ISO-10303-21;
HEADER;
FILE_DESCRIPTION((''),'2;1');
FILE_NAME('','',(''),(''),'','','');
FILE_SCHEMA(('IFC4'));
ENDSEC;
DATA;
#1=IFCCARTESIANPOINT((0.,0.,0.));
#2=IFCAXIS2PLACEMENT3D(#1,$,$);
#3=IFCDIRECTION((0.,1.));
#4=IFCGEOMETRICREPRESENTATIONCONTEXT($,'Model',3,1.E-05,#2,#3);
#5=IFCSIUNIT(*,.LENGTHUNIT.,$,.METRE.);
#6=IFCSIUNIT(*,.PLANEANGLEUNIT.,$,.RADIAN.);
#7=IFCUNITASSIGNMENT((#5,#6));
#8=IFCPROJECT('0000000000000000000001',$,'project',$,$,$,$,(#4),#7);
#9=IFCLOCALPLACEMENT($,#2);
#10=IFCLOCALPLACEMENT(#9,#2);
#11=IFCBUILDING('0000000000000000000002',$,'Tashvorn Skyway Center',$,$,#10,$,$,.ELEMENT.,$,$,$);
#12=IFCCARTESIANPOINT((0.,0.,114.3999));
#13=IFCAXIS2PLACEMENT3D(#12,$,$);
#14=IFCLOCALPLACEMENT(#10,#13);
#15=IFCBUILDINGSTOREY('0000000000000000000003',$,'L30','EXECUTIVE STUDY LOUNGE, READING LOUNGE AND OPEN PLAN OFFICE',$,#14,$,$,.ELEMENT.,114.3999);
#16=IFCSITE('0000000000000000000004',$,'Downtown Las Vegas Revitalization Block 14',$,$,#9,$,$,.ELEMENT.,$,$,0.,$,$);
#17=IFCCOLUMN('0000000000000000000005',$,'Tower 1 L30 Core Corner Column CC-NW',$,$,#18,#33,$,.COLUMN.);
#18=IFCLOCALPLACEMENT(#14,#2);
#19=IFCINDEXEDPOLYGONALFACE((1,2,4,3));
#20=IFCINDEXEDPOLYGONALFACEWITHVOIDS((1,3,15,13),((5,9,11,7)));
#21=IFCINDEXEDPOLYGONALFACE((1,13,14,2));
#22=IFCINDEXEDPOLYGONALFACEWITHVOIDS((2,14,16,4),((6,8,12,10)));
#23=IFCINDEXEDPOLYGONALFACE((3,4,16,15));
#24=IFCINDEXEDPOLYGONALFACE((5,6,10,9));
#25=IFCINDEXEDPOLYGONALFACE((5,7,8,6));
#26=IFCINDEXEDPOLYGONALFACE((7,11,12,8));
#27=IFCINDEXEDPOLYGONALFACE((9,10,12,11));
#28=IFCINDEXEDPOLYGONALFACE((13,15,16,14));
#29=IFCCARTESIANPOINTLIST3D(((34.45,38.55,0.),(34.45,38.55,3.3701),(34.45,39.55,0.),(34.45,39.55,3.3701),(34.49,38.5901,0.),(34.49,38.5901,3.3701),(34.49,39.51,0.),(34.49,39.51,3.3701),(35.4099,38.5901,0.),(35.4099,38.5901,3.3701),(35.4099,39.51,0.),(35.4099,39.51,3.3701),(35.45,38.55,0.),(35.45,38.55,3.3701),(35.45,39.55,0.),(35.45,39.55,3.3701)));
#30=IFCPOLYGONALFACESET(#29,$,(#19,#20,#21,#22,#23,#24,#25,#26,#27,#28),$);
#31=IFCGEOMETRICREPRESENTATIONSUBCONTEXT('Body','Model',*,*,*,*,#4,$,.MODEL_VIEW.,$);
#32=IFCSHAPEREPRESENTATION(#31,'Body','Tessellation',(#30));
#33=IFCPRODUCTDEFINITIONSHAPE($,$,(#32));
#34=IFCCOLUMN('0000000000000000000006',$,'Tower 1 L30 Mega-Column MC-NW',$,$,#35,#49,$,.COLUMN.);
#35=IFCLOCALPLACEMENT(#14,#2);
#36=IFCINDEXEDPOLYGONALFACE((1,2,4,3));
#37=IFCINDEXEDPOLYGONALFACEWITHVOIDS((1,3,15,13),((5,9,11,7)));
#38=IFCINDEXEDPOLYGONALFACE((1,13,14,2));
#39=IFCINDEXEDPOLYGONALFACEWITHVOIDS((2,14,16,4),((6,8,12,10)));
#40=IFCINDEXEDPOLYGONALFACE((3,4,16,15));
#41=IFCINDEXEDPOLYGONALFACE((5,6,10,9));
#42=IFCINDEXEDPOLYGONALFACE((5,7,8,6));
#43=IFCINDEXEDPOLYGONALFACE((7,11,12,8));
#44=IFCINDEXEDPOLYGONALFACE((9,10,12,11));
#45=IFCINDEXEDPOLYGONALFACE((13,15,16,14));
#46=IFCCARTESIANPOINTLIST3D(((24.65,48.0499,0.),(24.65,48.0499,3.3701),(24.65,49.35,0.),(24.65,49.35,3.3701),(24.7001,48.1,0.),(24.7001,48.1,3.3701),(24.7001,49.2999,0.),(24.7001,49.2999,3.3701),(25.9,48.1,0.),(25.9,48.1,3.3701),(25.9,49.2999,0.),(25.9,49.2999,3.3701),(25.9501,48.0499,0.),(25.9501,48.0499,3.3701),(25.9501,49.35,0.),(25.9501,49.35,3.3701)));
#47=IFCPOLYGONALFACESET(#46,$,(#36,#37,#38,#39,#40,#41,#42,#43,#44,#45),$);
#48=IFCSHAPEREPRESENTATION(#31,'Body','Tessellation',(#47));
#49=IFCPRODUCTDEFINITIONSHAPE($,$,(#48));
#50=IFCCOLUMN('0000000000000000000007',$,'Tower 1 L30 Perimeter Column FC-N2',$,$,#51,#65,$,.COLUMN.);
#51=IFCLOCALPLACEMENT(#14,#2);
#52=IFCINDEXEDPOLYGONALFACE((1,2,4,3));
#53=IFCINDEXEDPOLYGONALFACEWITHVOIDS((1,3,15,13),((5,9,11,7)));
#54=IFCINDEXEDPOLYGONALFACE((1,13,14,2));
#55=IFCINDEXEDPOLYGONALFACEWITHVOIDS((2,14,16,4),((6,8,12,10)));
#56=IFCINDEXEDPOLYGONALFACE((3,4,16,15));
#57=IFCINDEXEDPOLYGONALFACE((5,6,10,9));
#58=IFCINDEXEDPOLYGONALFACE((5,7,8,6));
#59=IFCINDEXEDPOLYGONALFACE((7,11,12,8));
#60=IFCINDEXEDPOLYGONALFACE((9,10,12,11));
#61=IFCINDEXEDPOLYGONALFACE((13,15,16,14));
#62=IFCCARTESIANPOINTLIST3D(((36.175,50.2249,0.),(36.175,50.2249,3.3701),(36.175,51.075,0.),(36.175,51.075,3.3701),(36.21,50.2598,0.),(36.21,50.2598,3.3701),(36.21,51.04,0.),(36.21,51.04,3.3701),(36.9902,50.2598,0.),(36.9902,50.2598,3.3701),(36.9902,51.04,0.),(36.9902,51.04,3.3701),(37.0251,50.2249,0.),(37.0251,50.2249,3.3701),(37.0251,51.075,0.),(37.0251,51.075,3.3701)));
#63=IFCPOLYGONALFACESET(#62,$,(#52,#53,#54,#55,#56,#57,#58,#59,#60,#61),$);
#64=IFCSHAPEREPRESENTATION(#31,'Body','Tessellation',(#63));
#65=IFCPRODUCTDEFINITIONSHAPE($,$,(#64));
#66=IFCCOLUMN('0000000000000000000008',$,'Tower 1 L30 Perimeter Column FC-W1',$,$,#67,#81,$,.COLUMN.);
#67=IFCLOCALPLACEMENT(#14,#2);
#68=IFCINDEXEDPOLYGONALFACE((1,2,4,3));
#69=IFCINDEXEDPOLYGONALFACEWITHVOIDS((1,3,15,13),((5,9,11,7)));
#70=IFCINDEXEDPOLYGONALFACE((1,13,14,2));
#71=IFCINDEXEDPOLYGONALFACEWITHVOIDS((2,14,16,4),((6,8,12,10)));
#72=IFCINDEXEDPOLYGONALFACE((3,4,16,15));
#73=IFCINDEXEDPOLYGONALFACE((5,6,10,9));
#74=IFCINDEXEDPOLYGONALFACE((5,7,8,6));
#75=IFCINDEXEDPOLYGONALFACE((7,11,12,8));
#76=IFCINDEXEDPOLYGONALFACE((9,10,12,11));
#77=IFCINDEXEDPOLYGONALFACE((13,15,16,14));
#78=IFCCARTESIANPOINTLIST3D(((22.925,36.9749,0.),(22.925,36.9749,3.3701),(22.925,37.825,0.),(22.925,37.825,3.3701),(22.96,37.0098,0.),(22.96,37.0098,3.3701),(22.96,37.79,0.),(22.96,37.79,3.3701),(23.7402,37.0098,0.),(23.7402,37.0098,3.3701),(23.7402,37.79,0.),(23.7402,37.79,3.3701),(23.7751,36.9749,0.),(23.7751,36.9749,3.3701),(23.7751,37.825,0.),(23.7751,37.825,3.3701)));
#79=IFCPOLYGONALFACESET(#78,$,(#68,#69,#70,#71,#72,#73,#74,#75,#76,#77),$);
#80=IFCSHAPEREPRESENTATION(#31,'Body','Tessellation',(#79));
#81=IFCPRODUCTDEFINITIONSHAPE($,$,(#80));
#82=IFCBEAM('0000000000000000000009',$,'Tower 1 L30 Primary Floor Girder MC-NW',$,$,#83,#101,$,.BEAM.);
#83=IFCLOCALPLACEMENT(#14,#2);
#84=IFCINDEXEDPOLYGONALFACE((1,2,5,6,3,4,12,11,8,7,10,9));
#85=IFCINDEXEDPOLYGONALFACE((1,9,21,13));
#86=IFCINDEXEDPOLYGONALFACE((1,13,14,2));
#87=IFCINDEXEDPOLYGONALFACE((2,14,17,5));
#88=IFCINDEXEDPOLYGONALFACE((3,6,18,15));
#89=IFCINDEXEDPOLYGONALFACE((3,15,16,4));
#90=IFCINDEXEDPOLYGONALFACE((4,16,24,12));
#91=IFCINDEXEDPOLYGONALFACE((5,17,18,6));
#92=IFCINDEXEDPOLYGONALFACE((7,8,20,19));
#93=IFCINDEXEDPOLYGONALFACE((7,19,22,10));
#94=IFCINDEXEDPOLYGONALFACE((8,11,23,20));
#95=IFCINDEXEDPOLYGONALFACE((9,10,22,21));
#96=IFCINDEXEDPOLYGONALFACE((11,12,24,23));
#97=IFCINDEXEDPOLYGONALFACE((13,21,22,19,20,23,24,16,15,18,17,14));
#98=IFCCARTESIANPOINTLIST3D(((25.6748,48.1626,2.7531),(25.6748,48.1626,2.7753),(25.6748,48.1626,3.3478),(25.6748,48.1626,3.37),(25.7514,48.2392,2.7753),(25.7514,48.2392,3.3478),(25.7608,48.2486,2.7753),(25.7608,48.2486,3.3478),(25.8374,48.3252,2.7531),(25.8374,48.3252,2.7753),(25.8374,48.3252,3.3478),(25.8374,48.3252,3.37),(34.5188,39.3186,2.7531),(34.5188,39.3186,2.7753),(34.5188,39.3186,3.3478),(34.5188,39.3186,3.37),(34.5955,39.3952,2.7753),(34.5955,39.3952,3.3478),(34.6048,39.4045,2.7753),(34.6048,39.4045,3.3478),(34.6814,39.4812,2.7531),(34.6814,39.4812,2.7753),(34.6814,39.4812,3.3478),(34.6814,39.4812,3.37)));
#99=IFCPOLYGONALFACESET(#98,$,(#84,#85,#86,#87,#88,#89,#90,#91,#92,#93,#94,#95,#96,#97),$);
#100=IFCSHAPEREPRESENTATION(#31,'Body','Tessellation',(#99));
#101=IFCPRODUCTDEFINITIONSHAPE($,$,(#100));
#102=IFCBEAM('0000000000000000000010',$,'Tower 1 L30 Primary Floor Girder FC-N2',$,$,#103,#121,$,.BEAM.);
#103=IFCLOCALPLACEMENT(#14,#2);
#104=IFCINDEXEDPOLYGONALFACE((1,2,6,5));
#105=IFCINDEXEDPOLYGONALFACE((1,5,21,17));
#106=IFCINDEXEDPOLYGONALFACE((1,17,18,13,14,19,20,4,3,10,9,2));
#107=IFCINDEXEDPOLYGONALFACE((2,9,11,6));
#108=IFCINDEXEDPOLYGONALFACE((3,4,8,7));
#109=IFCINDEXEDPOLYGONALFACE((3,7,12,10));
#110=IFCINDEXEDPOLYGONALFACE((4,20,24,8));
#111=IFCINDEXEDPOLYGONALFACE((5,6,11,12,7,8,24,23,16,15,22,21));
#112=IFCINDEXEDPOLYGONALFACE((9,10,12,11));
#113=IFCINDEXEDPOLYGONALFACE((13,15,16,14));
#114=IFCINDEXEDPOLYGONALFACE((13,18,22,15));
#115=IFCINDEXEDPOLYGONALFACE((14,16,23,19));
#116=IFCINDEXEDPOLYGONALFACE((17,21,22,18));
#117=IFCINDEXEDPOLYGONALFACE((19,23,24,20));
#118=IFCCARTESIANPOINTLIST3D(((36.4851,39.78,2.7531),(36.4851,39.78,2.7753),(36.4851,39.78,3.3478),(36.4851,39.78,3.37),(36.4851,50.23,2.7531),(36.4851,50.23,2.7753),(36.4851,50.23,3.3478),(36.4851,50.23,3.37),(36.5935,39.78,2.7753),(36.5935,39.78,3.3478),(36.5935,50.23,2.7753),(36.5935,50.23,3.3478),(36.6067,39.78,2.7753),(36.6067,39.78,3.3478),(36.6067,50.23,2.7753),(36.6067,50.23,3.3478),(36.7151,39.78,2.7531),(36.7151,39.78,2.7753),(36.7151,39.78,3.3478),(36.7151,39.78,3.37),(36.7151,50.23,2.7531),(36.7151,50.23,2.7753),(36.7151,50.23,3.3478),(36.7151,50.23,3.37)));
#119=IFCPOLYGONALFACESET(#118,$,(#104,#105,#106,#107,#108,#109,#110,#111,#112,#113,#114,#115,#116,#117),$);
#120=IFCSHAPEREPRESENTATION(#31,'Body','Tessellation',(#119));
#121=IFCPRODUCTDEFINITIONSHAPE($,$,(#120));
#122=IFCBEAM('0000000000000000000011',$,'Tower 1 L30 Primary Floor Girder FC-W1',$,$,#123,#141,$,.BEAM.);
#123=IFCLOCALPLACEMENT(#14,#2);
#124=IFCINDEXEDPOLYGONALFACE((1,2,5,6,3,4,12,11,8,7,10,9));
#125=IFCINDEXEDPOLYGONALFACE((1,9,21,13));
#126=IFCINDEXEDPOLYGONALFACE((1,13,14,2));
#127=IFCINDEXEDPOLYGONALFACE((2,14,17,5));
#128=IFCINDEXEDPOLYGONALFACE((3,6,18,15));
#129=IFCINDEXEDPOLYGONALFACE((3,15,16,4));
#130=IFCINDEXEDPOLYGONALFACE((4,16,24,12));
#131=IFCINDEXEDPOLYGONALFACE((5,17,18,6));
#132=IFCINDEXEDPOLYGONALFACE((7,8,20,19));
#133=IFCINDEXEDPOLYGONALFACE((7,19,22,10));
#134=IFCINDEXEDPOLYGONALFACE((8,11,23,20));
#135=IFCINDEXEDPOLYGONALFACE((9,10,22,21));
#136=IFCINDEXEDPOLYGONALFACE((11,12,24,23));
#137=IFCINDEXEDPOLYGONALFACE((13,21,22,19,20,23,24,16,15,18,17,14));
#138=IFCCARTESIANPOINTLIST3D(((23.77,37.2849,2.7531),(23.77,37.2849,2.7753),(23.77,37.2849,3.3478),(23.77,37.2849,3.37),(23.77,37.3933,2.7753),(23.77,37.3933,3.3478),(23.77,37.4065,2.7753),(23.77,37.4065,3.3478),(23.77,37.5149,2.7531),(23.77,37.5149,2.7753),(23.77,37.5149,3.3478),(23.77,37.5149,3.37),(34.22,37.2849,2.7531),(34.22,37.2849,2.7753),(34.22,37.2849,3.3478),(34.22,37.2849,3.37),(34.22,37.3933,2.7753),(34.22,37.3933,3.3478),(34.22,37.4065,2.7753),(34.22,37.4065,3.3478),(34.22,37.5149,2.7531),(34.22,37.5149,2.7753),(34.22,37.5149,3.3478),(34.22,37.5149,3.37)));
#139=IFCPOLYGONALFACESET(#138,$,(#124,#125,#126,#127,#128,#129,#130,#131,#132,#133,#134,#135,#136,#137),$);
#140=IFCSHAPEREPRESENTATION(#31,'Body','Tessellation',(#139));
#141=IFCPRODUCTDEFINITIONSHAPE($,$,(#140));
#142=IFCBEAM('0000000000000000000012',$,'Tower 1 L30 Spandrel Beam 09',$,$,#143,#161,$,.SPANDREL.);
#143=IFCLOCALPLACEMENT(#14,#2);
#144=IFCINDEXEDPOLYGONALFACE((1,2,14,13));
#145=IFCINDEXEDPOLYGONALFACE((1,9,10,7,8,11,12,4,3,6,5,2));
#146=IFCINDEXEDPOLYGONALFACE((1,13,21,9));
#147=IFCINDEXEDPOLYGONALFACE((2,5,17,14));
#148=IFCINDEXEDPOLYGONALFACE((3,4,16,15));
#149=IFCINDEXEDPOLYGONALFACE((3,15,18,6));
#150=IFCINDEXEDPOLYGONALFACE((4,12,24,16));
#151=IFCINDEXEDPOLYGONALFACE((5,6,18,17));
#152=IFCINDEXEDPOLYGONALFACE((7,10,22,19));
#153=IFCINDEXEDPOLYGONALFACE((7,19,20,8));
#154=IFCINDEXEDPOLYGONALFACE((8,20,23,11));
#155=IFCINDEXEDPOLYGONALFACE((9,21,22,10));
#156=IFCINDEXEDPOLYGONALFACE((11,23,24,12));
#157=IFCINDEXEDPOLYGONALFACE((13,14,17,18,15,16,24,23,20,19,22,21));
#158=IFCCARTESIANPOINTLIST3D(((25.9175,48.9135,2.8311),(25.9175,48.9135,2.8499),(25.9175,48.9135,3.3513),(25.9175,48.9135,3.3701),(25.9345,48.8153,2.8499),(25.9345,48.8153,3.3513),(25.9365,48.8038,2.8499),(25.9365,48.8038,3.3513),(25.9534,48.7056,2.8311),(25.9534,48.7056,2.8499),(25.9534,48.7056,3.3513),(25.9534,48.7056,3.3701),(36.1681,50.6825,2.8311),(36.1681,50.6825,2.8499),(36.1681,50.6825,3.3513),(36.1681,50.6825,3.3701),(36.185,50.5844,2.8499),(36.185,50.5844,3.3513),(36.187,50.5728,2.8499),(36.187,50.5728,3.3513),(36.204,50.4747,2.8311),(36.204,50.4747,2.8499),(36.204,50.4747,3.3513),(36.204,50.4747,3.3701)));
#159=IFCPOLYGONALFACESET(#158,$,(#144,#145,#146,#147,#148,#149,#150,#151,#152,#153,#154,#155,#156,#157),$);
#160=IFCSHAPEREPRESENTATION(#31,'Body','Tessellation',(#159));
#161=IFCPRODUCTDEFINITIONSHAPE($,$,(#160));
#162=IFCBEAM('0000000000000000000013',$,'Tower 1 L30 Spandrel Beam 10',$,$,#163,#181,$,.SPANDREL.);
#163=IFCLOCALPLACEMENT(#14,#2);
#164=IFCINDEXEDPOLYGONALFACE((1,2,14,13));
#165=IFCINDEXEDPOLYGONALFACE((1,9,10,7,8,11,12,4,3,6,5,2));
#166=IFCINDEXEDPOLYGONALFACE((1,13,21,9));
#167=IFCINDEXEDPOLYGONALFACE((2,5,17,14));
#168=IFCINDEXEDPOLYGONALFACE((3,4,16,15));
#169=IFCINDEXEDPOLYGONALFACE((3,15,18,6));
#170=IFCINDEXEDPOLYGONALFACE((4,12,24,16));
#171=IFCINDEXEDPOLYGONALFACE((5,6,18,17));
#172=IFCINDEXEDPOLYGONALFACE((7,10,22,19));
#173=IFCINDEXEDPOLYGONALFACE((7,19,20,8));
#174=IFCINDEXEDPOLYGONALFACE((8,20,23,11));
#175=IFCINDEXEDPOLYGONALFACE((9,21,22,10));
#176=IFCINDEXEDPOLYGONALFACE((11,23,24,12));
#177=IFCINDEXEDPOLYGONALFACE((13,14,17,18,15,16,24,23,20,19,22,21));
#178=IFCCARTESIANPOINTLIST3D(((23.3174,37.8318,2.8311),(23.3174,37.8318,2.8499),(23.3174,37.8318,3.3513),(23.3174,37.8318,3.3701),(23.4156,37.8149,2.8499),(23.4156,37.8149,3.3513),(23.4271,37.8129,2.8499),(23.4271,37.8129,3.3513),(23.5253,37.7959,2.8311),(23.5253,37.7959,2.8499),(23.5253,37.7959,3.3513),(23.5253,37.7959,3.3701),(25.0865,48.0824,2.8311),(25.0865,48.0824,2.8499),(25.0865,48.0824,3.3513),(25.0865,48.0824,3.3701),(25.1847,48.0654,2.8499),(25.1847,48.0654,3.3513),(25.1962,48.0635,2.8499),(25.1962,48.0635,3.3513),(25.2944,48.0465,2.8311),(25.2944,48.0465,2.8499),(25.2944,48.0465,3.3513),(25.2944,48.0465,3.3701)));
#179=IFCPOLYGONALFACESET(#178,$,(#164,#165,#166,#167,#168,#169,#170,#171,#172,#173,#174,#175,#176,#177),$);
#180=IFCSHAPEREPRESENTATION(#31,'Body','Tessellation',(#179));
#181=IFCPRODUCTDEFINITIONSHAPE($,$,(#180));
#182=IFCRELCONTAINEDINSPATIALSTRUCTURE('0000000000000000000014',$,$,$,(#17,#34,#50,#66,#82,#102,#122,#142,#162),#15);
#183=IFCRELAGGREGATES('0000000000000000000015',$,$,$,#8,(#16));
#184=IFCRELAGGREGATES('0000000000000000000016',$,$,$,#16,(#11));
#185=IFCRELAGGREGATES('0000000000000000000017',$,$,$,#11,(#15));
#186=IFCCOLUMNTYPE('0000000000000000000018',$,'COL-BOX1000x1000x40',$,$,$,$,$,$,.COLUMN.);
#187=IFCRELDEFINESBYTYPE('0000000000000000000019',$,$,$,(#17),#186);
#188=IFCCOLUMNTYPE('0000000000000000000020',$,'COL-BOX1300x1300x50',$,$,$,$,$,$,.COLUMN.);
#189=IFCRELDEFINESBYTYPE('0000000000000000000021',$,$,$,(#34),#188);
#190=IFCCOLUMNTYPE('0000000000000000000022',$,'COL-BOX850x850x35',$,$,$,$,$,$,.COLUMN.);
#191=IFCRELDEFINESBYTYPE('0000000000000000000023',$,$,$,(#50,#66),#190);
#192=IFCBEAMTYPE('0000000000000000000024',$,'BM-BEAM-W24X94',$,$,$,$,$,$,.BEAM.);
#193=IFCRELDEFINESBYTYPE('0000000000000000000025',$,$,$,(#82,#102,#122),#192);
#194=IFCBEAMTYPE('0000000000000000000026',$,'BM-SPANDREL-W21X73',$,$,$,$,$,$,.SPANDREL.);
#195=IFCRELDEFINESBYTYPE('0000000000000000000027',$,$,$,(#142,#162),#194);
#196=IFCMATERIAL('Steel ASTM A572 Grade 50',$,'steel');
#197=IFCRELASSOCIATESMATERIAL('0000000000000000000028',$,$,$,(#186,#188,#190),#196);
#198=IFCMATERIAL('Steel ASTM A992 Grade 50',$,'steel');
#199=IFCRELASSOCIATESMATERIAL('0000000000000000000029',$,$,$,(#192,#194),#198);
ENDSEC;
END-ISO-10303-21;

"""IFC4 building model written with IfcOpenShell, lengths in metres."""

from ifc_helpers import new_model, si_unit, direction, frame, origin, origin_2d, place, context, subcontext, project, spatial, hollow_rectangle, i_section, extrude, material, material_profile, profile_set, type_object, element, save


model = new_model("IFC4")

# Units and contexts
model_context = context("Model", 3, precision=1e-05, world=origin(), true_north=direction((0.0, 1.0)))
body_context = subcontext(model_context, "Body", "Model", "MODEL_VIEW")
ifc_project = project(units=[si_unit("LENGTHUNIT", "METRE"), si_unit("PLANEANGLEUNIT", "RADIAN")], contexts=[model_context])

# Site, building, storey
site_placement = place(None, origin())
site = spatial("IfcSite", under=ifc_project, at=site_placement, Name="Downtown Las Vegas Revitalization Block 14", CompositionType="ELEMENT", RefElevation=0.0)
building_placement = place(site_placement, origin())
building = spatial("IfcBuilding", under=site, at=building_placement, Name="Tashvorn Skyway Center", CompositionType="ELEMENT")
storey_placement = place(building_placement, frame((0.0, 0.0, 114.3999)))
storey = spatial("IfcBuildingStorey", under=building, at=storey_placement, Name="L30", Description="EXECUTIVE STUDY LOUNGE, READING LOUNGE AND OPEN PLAN OFFICE", CompositionType="ELEMENT", Elevation=114.3999)

# Columns
ifc_material_1 = material(Name="Steel ASTM A572 Grade 50", Category="steel")
ifc_material_profile_1 = material_profile(ifc_material_1, hollow_rectangle(XDim=1.0, YDim=1.0, WallThickness=0.04, at=origin_2d()), Name="BOX1000x1000x40")
ifc_profile_set_1 = profile_set([ifc_material_profile_1], Name="Steel ASTM A572 Grade 50")
column_type_1 = type_object("IfcColumnType", Name="COL-BOX1000x1000x40", PredefinedType="COLUMN", material=ifc_profile_set_1)
column_1_placement = place(storey_placement, frame((34.95, 39.05, 0.0), z_axis=(0.0, 0.0, 1.0), x_axis=(1.0, 0.0, 0.0)))
element("IfcColumn", 1, at=column_1_placement, inside=storey, type_object=column_type_1, Name="Tower 1 L30 Core Corner Column CC-NW", PredefinedType="COLUMN", context=body_context, shape_type="SweptSolid", body=[
    extrude(hollow_rectangle(XDim=1.0, YDim=1.0, WallThickness=0.04, at=origin_2d()), origin(), (0.0, 0.0, 1.0), 3.3701),
])
ifc_material_profile_2 = material_profile(ifc_material_1, hollow_rectangle(XDim=1.3, YDim=1.3, WallThickness=0.05, at=origin_2d()), Name="BOX1300x1300x50")
ifc_profile_set_2 = profile_set([ifc_material_profile_2], Name="Steel ASTM A572 Grade 50")
column_type_2 = type_object("IfcColumnType", Name="COL-BOX1300x1300x50", PredefinedType="COLUMN", material=ifc_profile_set_2)
column_2_placement = place(storey_placement, frame((25.3, 48.7, 0.0), z_axis=(0.0, 0.0, 1.0), x_axis=(1.0, 0.0, 0.0)))
element("IfcColumn", 2, at=column_2_placement, inside=storey, type_object=column_type_2, Name="Tower 1 L30 Mega-Column MC-NW", PredefinedType="COLUMN", context=body_context, shape_type="SweptSolid", body=[
    extrude(hollow_rectangle(XDim=1.3, YDim=1.3, WallThickness=0.05, at=origin_2d()), origin(), (0.0, 0.0, 1.0), 3.3701),
])
ifc_material_profile_3 = material_profile(ifc_material_1, hollow_rectangle(XDim=0.8501, YDim=0.8501, WallThickness=0.0349, at=origin_2d()), Name="BOX850x850x35")
ifc_profile_set_3 = profile_set([ifc_material_profile_3], Name="Steel ASTM A572 Grade 50")
column_type_3 = type_object("IfcColumnType", Name="COL-BOX850x850x35", PredefinedType="COLUMN", material=ifc_profile_set_3)
for number, where, z_axis, x_axis, name in (
    (3, (36.6001, 50.6499, 0.0), (0.0, 0.0, 1.0), (1.0, 0.0, 0.0), "Tower 1 L30 Perimeter Column FC-N2"),
    (4, (23.3501, 37.3999, 0.0), (0.0, 0.0, 1.0), (1.0, 0.0, 0.0), "Tower 1 L30 Perimeter Column FC-W1"),
):
    element("IfcColumn", number, at=place(storey_placement, frame(where, z_axis=z_axis, x_axis=x_axis)), inside=storey, type_object=column_type_3, Name=name, PredefinedType="COLUMN", context=body_context, shape_type="SweptSolid", body=[
        extrude(hollow_rectangle(XDim=0.8501, YDim=0.8501, WallThickness=0.0349, at=origin_2d()), origin(), (0.0, 0.0, 1.0), 3.3701),
    ])

# Beams
ifc_material_2 = material(Name="Steel ASTM A992 Grade 50", Category="steel")
ifc_material_profile_4 = material_profile(ifc_material_2, i_section(OverallWidth=0.23, OverallDepth=0.6169, WebThickness=0.0132, FlangeThickness=0.0222, at=origin_2d()), Name="W24X94")
ifc_profile_set_4 = profile_set([ifc_material_profile_4], Name="Steel ASTM A992 Grade 50")
beam_type_1 = type_object("IfcBeamType", Name="BM-BEAM-W24X94", PredefinedType="BEAM", material=ifc_profile_set_4)
beam_placement = place(storey_placement, frame((25.7561, 48.2439, 3.0615), z_axis=(0.707107, -0.707107, 0.0), x_axis=(0.707107, 0.707107, 0.0)))
element("IfcBeam", 5, at=beam_placement, inside=storey, type_object=beam_type_1, Name="Tower 1 L30 Primary Floor Girder MC-NW", PredefinedType="BEAM", context=body_context, shape_type="SweptSolid", body=[
    extrude(i_section(OverallWidth=0.23, OverallDepth=0.6169, WebThickness=0.0132, FlangeThickness=0.0222, at=origin_2d()), origin(), (0.0, 0.0, 1.0), 12.5073),
])
for number, where, z_axis, x_axis, name in (
    (6, (36.6001, 50.23, 3.0615), (0.0, -1.0, 0.0), (1.0, 0.0, 0.0), "Tower 1 L30 Primary Floor Girder FC-N2"),
    (7, (23.77, 37.3999, 3.0615), (1.0, 0.0, 0.0), (0.0, 1.0, 0.0), "Tower 1 L30 Primary Floor Girder FC-W1"),
):
    element("IfcBeam", number, at=place(storey_placement, frame(where, z_axis=z_axis, x_axis=x_axis)), inside=storey, type_object=beam_type_1, Name=name, PredefinedType="BEAM", context=body_context, shape_type="SweptSolid", body=[
        extrude(i_section(OverallWidth=0.23, OverallDepth=0.6169, WebThickness=0.0132, FlangeThickness=0.0222, at=origin_2d()), origin(), (0.0, 0.0, 1.0), 10.45),
    ])
ifc_material_profile_5 = material_profile(ifc_material_2, i_section(OverallWidth=0.2109, OverallDepth=0.5391, WebThickness=0.0117, FlangeThickness=0.0188, at=origin_2d()), Name="W21X73")
ifc_profile_set_5 = profile_set([ifc_material_profile_5], Name="Steel ASTM A992 Grade 50")
beam_type_2 = type_object("IfcBeamType", Name="BM-SPANDREL-W21X73", PredefinedType="SPANDREL", material=ifc_profile_set_5)
for number, where, z_axis, x_axis, name in (
    (8, (36.186, 50.5786, 3.1006), (-0.985432, -0.170067, 0.0), (0.170067, -0.985432, 0.0), "Tower 1 L30 Spandrel Beam 09"),
    (9, (25.1904, 48.0645, 3.1006), (-0.170067, -0.985432, 0.0), (0.985432, -0.170067, 0.0), "Tower 1 L30 Spandrel Beam 10"),
):
    element("IfcBeam", number, at=place(storey_placement, frame(where, z_axis=z_axis, x_axis=x_axis)), inside=storey, type_object=beam_type_2, Name=name, PredefinedType="SPANDREL", context=body_context, shape_type="SweptSolid", body=[
        extrude(i_section(OverallWidth=0.2109, OverallDepth=0.5391, WebThickness=0.0117, FlangeThickness=0.0188, at=origin_2d()), origin(), (0.0, 0.0, 1.0), 10.4021),
    ])

save(model, "model.ifc")
